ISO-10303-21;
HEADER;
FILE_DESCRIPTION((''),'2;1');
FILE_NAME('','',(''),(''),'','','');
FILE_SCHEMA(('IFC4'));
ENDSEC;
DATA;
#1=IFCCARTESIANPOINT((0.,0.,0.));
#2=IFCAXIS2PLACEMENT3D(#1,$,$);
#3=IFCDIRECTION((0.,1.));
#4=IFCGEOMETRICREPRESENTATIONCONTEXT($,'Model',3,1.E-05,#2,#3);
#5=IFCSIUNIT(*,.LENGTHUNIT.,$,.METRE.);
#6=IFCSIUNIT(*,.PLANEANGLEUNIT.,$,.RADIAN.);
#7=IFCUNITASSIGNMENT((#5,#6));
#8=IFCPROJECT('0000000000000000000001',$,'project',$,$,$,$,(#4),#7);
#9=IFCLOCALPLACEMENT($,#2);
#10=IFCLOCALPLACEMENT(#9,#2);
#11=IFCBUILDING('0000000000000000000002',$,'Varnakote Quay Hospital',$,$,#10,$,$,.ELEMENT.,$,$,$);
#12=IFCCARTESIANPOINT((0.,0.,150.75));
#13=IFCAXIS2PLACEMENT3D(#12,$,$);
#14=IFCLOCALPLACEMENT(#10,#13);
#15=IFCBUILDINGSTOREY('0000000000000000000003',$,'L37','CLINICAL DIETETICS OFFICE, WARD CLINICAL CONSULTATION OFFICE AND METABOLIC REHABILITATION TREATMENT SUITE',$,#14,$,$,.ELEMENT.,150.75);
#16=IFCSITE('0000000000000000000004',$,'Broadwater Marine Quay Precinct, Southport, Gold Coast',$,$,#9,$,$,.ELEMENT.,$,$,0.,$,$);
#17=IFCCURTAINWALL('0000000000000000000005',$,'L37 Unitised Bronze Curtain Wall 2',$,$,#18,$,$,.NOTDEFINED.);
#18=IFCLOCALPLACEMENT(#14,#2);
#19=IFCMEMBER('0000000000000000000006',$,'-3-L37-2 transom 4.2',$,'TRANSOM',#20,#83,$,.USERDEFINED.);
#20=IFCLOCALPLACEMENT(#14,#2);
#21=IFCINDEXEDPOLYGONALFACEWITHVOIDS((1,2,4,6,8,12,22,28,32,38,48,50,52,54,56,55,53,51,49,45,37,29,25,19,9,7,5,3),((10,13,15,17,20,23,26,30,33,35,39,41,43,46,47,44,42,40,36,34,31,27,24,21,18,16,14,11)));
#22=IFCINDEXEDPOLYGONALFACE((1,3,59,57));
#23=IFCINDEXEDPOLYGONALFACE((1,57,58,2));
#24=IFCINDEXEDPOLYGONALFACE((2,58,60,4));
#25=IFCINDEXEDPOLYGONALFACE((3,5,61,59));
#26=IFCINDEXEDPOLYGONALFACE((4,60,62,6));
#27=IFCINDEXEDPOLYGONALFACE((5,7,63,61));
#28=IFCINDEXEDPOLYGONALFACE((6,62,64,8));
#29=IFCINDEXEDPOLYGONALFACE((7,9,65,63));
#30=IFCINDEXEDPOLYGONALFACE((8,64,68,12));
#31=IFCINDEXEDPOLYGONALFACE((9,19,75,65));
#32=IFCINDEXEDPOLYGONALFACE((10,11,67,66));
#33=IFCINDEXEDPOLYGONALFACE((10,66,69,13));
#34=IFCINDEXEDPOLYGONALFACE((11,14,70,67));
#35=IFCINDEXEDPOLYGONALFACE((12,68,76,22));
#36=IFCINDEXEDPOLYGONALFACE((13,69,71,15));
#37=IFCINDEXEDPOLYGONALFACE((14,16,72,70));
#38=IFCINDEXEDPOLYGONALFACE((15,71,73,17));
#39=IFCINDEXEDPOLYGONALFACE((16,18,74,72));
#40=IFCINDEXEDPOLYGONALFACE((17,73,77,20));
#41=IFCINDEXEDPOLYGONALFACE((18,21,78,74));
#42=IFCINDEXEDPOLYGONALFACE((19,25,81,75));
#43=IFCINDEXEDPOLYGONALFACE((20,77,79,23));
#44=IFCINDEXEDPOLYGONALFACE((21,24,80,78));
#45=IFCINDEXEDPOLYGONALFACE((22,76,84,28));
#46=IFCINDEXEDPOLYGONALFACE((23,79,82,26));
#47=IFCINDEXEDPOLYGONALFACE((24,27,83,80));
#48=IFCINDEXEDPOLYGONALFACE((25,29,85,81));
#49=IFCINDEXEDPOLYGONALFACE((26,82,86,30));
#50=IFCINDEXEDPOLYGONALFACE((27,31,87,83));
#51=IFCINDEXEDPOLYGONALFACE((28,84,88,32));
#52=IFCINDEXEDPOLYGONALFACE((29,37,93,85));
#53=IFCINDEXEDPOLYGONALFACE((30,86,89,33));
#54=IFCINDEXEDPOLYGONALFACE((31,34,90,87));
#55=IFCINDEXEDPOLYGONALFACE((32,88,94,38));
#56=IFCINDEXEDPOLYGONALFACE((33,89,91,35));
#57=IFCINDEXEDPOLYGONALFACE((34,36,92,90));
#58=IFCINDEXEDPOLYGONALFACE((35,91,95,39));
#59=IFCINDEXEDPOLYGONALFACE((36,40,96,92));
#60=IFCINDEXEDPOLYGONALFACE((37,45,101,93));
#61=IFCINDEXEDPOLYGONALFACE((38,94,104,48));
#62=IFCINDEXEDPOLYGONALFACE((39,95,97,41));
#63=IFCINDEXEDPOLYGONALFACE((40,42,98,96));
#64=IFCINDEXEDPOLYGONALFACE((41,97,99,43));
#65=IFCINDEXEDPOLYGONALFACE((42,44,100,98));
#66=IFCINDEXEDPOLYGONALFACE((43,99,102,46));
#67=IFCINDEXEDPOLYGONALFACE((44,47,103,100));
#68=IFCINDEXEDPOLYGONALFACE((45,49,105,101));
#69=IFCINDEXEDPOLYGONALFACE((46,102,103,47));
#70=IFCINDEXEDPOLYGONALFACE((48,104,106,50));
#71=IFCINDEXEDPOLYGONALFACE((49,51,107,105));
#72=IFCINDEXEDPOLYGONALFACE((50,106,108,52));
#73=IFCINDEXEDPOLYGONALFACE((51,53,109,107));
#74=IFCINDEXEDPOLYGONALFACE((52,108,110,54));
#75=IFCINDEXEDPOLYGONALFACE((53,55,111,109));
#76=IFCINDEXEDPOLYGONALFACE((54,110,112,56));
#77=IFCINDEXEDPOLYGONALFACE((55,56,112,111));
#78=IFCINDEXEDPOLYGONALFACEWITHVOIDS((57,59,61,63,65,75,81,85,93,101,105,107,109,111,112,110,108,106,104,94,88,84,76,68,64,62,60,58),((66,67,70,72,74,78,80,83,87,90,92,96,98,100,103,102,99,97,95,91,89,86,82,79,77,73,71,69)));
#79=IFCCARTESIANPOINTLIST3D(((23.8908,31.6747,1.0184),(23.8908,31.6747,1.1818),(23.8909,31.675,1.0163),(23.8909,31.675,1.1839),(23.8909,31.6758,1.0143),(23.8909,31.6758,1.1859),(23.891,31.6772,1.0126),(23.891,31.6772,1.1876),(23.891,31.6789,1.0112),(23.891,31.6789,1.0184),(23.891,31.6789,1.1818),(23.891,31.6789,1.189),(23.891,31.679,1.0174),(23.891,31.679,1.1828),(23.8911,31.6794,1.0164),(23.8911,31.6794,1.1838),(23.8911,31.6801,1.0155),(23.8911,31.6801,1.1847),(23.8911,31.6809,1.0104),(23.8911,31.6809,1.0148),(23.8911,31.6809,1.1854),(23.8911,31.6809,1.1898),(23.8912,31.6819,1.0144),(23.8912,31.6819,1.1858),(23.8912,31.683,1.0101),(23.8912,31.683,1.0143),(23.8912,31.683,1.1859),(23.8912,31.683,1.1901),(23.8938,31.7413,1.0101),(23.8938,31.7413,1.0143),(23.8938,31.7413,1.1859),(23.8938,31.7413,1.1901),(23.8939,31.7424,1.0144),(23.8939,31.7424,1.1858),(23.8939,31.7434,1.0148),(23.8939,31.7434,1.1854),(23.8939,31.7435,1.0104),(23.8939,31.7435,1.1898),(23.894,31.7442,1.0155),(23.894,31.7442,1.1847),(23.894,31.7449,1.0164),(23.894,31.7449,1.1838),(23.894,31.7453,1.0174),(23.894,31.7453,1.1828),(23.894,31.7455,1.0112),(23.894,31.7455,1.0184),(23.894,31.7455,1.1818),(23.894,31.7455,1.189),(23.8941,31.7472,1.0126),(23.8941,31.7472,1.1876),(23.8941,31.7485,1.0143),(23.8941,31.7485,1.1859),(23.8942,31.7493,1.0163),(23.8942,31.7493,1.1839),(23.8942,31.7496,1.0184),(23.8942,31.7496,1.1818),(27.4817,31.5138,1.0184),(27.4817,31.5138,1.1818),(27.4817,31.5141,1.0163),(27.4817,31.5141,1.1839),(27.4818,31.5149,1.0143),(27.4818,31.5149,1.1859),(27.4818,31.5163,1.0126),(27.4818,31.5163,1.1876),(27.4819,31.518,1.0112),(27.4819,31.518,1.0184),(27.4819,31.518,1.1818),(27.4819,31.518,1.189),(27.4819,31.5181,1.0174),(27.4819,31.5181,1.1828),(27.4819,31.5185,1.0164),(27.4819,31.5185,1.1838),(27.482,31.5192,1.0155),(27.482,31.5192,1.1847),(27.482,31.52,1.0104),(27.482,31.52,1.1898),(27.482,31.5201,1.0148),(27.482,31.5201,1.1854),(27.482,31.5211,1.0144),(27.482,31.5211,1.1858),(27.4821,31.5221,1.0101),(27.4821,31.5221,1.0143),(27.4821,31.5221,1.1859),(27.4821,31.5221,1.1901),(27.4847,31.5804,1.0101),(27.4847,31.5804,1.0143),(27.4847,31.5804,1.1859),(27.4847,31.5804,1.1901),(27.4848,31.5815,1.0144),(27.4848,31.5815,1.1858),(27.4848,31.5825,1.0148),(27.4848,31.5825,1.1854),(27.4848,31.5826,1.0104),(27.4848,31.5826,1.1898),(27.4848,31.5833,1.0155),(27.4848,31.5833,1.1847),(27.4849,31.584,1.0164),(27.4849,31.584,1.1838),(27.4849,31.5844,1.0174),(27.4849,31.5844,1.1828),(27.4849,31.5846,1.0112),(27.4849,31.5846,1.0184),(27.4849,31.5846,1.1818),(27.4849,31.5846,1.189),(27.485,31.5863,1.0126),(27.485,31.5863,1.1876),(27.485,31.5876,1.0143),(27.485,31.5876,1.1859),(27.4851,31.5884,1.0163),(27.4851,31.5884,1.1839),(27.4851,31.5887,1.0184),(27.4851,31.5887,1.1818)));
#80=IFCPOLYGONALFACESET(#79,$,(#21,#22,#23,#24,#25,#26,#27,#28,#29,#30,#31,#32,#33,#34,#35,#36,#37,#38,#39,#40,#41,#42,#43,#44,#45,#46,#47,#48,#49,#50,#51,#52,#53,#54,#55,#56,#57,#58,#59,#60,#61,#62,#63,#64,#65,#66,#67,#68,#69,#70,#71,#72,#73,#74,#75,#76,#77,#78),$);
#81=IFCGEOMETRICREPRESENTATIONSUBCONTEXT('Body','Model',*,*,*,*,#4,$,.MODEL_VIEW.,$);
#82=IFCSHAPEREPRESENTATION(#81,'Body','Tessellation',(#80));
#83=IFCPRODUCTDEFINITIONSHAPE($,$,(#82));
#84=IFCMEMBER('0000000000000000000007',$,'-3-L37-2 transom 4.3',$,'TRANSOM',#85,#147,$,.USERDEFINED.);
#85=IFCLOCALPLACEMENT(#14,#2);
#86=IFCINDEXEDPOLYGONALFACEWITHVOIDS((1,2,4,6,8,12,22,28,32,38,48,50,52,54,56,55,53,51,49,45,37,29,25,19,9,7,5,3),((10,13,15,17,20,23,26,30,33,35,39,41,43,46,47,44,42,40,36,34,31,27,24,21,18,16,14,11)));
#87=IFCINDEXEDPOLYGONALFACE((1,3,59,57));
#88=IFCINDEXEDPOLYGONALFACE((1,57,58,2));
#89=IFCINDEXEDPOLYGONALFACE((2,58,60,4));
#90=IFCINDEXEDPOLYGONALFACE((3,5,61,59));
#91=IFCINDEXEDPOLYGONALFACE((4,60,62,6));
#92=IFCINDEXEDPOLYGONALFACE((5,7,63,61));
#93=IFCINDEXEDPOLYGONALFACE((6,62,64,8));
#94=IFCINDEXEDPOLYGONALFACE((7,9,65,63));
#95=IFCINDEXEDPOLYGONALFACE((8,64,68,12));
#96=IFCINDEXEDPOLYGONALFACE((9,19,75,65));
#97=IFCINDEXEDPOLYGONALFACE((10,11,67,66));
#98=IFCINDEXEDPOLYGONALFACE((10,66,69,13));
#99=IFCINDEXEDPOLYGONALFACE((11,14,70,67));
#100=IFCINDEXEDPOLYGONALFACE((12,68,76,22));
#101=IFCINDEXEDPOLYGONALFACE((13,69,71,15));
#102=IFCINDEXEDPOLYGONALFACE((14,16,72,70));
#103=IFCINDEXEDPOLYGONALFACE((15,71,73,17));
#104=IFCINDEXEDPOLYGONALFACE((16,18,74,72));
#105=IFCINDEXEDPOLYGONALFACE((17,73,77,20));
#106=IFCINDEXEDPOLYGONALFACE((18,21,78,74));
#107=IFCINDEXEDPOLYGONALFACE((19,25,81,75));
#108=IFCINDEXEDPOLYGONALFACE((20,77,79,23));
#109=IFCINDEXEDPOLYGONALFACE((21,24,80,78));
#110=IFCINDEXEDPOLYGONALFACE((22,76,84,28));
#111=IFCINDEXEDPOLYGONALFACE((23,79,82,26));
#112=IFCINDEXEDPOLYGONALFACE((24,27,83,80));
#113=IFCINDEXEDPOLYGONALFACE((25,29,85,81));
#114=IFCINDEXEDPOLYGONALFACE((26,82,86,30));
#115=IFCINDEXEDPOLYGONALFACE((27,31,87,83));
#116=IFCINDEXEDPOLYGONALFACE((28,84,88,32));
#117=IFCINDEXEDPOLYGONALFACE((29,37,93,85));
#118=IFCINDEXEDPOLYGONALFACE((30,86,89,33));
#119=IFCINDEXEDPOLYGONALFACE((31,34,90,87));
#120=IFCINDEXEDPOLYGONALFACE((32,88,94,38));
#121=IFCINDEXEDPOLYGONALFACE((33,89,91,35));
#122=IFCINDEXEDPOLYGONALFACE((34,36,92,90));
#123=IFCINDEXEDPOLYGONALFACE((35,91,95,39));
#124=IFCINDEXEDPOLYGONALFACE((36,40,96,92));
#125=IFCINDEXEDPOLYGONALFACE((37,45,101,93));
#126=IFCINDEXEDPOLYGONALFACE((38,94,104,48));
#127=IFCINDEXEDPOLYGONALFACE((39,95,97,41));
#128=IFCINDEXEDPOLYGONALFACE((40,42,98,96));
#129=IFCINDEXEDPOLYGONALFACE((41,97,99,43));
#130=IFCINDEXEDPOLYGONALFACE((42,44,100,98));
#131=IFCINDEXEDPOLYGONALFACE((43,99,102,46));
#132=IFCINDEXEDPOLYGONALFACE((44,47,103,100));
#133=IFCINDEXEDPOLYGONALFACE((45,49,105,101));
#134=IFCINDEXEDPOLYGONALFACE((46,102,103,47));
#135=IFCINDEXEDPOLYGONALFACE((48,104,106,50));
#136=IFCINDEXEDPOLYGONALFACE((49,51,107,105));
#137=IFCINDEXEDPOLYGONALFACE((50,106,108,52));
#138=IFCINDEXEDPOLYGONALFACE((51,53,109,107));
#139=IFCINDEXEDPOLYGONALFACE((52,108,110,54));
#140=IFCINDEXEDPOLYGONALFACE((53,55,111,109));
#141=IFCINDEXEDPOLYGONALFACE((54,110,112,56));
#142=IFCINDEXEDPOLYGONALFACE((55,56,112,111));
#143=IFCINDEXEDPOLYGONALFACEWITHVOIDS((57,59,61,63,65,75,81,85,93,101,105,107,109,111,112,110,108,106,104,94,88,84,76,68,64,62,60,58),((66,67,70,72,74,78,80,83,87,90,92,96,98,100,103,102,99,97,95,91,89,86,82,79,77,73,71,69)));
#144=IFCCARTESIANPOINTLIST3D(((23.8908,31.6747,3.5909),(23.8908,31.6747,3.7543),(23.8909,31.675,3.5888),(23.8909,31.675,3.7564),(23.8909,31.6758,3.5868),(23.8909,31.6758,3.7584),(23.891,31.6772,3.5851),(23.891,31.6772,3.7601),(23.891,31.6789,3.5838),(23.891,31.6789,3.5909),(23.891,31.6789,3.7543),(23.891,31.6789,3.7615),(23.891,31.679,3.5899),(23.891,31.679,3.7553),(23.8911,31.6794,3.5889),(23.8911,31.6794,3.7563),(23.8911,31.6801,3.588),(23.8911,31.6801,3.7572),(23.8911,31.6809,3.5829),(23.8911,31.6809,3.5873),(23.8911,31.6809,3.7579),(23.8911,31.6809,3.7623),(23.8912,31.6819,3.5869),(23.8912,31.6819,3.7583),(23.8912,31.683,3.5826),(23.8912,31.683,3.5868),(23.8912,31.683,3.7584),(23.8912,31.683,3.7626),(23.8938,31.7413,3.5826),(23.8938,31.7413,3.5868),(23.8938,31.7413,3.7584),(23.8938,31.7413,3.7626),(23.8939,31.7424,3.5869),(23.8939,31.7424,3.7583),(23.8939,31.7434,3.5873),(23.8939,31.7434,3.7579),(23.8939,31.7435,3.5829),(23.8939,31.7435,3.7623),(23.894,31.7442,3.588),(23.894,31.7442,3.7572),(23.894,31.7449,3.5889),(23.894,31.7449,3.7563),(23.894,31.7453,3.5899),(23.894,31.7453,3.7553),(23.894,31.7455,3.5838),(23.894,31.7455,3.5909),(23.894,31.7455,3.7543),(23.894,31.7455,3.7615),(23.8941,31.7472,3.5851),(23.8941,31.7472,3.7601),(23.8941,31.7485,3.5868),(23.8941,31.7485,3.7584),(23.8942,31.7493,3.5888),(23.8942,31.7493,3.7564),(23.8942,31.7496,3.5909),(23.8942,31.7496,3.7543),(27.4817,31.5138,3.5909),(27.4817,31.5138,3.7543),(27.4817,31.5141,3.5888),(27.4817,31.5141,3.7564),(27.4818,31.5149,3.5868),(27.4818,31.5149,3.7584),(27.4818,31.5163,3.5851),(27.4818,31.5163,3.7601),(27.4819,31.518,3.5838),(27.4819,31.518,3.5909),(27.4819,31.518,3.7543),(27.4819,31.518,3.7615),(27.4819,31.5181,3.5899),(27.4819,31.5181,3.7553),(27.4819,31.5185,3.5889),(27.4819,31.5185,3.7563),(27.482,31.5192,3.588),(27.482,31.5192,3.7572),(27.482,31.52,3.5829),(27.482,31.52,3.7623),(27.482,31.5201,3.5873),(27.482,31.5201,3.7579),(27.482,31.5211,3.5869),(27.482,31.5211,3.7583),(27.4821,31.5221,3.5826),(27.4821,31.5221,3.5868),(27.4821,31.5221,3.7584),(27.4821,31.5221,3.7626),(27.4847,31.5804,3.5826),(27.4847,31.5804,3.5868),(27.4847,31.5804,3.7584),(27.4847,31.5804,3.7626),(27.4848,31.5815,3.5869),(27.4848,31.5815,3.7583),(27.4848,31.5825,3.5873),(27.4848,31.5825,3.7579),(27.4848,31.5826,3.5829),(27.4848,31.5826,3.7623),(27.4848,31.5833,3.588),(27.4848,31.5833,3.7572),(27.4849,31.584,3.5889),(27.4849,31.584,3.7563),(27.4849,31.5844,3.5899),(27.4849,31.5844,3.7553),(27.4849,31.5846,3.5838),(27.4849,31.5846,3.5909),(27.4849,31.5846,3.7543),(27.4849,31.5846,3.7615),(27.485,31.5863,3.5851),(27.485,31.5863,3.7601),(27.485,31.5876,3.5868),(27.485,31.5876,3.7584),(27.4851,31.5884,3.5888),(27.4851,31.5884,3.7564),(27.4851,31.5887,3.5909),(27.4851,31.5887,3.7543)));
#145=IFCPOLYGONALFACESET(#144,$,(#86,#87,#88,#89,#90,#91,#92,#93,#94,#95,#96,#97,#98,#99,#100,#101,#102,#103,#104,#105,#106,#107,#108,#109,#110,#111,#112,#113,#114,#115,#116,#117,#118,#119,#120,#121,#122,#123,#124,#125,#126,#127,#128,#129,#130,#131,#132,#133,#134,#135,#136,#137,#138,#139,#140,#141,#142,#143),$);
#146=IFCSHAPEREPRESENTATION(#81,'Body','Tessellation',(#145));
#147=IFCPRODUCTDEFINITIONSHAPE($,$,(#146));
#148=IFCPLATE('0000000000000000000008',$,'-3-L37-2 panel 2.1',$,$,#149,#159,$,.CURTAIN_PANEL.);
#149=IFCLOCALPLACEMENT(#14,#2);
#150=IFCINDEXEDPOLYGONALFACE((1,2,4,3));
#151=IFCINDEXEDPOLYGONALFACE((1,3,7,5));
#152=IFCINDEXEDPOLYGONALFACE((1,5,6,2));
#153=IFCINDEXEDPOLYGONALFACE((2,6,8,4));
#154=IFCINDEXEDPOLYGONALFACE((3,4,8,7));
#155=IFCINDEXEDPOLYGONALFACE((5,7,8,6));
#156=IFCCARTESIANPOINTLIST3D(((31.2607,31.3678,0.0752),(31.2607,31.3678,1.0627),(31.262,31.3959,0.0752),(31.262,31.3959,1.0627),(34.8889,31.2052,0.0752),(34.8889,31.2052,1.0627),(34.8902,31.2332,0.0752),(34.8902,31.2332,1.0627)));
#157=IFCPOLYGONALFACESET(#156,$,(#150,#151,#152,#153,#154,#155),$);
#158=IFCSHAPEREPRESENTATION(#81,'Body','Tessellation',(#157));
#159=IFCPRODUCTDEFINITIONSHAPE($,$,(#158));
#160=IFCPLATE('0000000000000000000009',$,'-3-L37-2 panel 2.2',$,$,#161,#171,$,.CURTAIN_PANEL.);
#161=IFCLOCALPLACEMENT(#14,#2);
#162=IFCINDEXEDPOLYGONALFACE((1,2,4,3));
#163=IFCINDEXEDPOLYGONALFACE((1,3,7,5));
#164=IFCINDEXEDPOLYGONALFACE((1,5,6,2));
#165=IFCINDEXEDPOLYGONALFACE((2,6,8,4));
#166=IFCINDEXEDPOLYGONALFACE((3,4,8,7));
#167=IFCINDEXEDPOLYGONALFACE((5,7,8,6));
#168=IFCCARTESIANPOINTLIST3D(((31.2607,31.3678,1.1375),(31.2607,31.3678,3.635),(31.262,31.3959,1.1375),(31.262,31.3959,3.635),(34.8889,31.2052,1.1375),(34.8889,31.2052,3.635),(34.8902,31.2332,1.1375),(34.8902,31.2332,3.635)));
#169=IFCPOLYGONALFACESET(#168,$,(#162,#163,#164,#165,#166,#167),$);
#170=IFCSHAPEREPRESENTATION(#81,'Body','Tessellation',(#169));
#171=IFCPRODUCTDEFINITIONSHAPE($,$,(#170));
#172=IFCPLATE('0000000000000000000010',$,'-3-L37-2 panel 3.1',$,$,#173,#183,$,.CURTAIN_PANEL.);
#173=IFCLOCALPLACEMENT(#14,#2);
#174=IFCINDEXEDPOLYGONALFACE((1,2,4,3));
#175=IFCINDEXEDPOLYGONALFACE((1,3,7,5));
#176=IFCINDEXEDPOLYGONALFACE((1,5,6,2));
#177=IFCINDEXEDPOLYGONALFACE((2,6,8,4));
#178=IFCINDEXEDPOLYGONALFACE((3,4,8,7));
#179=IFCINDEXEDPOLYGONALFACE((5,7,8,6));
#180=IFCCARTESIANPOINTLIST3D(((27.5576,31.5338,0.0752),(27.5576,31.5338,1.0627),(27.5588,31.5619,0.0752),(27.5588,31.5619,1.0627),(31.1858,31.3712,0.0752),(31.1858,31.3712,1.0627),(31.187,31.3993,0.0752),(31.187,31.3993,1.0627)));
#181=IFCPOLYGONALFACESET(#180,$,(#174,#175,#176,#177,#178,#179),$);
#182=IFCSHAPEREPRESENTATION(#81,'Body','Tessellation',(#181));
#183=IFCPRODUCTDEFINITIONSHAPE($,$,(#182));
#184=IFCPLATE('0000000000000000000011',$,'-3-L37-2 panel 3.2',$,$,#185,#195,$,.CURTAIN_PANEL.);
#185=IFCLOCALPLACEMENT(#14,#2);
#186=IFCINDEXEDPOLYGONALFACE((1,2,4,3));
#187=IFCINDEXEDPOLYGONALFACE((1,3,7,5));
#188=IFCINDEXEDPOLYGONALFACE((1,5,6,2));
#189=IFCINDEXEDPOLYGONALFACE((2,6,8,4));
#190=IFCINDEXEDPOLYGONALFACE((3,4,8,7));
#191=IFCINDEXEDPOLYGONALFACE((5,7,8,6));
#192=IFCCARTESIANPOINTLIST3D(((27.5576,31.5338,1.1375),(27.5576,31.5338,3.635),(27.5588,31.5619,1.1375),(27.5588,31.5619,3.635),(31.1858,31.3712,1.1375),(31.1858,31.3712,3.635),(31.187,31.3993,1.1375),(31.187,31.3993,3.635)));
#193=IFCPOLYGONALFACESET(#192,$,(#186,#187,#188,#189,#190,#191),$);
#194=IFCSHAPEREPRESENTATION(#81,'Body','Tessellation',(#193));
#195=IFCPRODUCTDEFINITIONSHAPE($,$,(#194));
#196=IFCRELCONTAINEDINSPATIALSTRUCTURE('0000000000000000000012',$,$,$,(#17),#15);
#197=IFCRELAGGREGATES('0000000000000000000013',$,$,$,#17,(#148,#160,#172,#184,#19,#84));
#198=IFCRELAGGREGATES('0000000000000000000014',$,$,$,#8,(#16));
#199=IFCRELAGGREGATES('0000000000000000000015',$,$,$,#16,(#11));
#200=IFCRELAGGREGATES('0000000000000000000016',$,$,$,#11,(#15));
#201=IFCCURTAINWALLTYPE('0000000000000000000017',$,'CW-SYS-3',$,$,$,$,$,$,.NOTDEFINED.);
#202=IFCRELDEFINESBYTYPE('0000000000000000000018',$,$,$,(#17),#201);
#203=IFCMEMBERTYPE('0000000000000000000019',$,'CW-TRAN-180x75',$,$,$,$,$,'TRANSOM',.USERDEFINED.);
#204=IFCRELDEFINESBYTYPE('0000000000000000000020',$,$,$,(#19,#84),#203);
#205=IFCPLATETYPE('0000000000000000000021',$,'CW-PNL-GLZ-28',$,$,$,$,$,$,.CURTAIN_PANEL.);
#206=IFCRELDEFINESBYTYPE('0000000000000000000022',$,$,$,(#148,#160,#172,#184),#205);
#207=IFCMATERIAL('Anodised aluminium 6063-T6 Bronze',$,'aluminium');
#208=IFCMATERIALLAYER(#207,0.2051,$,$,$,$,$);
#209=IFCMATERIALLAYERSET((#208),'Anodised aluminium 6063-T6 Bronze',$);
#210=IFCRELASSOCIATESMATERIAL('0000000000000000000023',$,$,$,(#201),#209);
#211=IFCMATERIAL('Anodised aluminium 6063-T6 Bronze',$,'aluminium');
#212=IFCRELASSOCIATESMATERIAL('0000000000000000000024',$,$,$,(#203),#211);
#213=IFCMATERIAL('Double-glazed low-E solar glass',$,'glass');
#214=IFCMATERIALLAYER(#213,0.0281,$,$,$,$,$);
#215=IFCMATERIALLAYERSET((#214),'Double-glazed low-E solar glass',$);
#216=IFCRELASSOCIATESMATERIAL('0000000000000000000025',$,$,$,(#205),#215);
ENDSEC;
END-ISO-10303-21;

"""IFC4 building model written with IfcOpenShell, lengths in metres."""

from ifc_helpers import new_model, si_unit, direction, frame, origin, origin_2d, place, context, subcontext, project, spatial, rectangle, hollow_rectangle, extrude, material, layer, layer_set, material_profile, profile_set, type_object, element, aggregate, save


model = new_model("IFC4")

# Units and contexts
model_context = context("Model", 3, precision=1e-05, world=origin(), true_north=direction((0.0, 1.0)))
body_context = subcontext(model_context, "Body", "Model", "MODEL_VIEW")
ifc_project = project(units=[si_unit("LENGTHUNIT", "METRE"), si_unit("PLANEANGLEUNIT", "RADIAN")], contexts=[model_context])

# Site, building, storey
site_placement = place(None, origin())
site = spatial("IfcSite", under=ifc_project, at=site_placement, Name="Broadwater Marine Quay Precinct, Southport, Gold Coast", CompositionType="ELEMENT", RefElevation=0.0)
building_placement = place(site_placement, origin())
building = spatial("IfcBuilding", under=site, at=building_placement, Name="Varnakote Quay Hospital", CompositionType="ELEMENT")
storey_placement = place(building_placement, frame((0.0, 0.0, 150.75)))
storey = spatial("IfcBuildingStorey", under=building, at=storey_placement, Name="L37", Description="CLINICAL DIETETICS OFFICE, WARD CLINICAL CONSULTATION OFFICE AND METABOLIC REHABILITATION TREATMENT SUITE", CompositionType="ELEMENT", Elevation=150.75)

# Curtain wall, members, plates
ifc_material_1 = material(Name="Anodised aluminium 6063-T6 Bronze", Category="aluminium")
ifc_layer_1 = layer(ifc_material_1, 0.2051)
ifc_layer_set_1 = layer_set([ifc_layer_1], Name="Anodised aluminium 6063-T6 Bronze")
curtain_wall_type = type_object("IfcCurtainWallType", Name="CW-SYS-3", PredefinedType="NOTDEFINED", material=ifc_layer_set_1)
curtain_wall_placement = place(storey_placement, origin())
curtain_wall = element("IfcCurtainWall", 1, at=curtain_wall_placement, inside=storey, type_object=curtain_wall_type, Name="L37 Unitised Bronze Curtain Wall 2", PredefinedType="NOTDEFINED")
ifc_material_2 = material(Name="Anodised aluminium 6063-T6 Bronze", Category="aluminium")
ifc_material_profile_1 = material_profile(ifc_material_2, hollow_rectangle(XDim=0.075, YDim=0.1799, WallThickness=0.0042, InnerFilletRadius=0.0042, OuterFilletRadius=0.0083, at=origin_2d()), Name="CW-TRAN-180x75")
ifc_profile_set_1 = profile_set([ifc_material_profile_1], Name="Anodised aluminium 6063-T6 Bronze")
member_type_1 = type_object("IfcMemberType", Name="CW-TRAN-180x75", ElementType="TRANSOM", PredefinedType="USERDEFINED", material=ifc_profile_set_1)
member_1_placement = place(storey_placement, frame((27.4834, 31.5513, 1.1001), z_axis=(-0.998998, 0.044761, 0.0), x_axis=(-0.044761, -0.998998, 0.0)))
member_1 = element("IfcMember", 2, at=member_1_placement, type_object=member_type_1, Name="-3-L37-2 transom 4.2", ObjectType="TRANSOM", PredefinedType="USERDEFINED", context=body_context, shape_type="SweptSolid", body=[
    extrude(hollow_rectangle(XDim=0.075, YDim=0.1799, WallThickness=0.0042, InnerFilletRadius=0.0042, OuterFilletRadius=0.0083, at=origin_2d()), origin(), (0.0, 0.0, 1.0), 3.5945),
])
member_2_placement = place(storey_placement, frame((27.4834, 31.5513, 3.6726), z_axis=(-0.998998, 0.044761, 0.0), x_axis=(-0.044761, -0.998998, 0.0)))
member_2 = element("IfcMember", 3, at=member_2_placement, type_object=member_type_1, Name="-3-L37-2 transom 4.3", ObjectType="TRANSOM", PredefinedType="USERDEFINED", context=body_context, shape_type="SweptSolid", body=[
    extrude(hollow_rectangle(XDim=0.075, YDim=0.1799, WallThickness=0.0042, InnerFilletRadius=0.0042, OuterFilletRadius=0.0083, at=origin_2d()), origin(), (0.0, 0.0, 1.0), 3.5945),
])
ifc_material_3 = material(Name="Double-glazed low-E solar glass", Category="glass")
ifc_layer_2 = layer(ifc_material_3, 0.0281)
ifc_layer_set_2 = layer_set([ifc_layer_2], Name="Double-glazed low-E solar glass")
plate_type = type_object("IfcPlateType", Name="CW-PNL-GLZ-28", PredefinedType="CURTAIN_PANEL", material=ifc_layer_set_2)
plate_1_placement = place(storey_placement, frame((33.0754, 31.3005, 0.0752), z_axis=(0.0, 0.0, 1.0), x_axis=(-0.998997, 0.044782, 0.0)))
plate_1 = element("IfcPlate", 4, at=plate_1_placement, type_object=plate_type, Name="-3-L37-2 panel 2.1", PredefinedType="CURTAIN_PANEL", context=body_context, shape_type="SweptSolid", body=[
    extrude(rectangle(XDim=3.6318, YDim=0.0281, at=origin_2d()), origin(), (0.0, 0.0, 1.0), 0.9875),
])
plate_2_placement = place(storey_placement, frame((33.0754, 31.3005, 1.1375), z_axis=(0.0, 0.0, 1.0), x_axis=(-0.998997, 0.044782, 0.0)))
plate_2 = element("IfcPlate", 5, at=plate_2_placement, type_object=plate_type, Name="-3-L37-2 panel 2.2", PredefinedType="CURTAIN_PANEL", context=body_context, shape_type="SweptSolid", body=[
    extrude(rectangle(XDim=3.6318, YDim=0.0281, at=origin_2d()), origin(), (0.0, 0.0, 1.0), 2.4976),
])
plate_3_placement = place(storey_placement, frame((29.3723, 31.4666, 0.0752), z_axis=(0.0, 0.0, 1.0), x_axis=(-0.998997, 0.044782, 0.0)))
plate_3 = element("IfcPlate", 6, at=plate_3_placement, type_object=plate_type, Name="-3-L37-2 panel 3.1", PredefinedType="CURTAIN_PANEL", context=body_context, shape_type="SweptSolid", body=[
    extrude(rectangle(XDim=3.6318, YDim=0.0281, at=origin_2d()), origin(), (0.0, 0.0, 1.0), 0.9875),
])
plate_4_placement = place(storey_placement, frame((29.3723, 31.4666, 1.1375), z_axis=(0.0, 0.0, 1.0), x_axis=(-0.998997, 0.044782, 0.0)))
plate_4 = element("IfcPlate", 7, at=plate_4_placement, type_object=plate_type, Name="-3-L37-2 panel 3.2", PredefinedType="CURTAIN_PANEL", context=body_context, shape_type="SweptSolid", body=[
    extrude(rectangle(XDim=3.6318, YDim=0.0281, at=origin_2d()), origin(), (0.0, 0.0, 1.0), 2.4976),
])
aggregate(curtain_wall, [plate_1, plate_2, plate_3, plate_4, member_1, member_2])

save(model, "model.ifc")
